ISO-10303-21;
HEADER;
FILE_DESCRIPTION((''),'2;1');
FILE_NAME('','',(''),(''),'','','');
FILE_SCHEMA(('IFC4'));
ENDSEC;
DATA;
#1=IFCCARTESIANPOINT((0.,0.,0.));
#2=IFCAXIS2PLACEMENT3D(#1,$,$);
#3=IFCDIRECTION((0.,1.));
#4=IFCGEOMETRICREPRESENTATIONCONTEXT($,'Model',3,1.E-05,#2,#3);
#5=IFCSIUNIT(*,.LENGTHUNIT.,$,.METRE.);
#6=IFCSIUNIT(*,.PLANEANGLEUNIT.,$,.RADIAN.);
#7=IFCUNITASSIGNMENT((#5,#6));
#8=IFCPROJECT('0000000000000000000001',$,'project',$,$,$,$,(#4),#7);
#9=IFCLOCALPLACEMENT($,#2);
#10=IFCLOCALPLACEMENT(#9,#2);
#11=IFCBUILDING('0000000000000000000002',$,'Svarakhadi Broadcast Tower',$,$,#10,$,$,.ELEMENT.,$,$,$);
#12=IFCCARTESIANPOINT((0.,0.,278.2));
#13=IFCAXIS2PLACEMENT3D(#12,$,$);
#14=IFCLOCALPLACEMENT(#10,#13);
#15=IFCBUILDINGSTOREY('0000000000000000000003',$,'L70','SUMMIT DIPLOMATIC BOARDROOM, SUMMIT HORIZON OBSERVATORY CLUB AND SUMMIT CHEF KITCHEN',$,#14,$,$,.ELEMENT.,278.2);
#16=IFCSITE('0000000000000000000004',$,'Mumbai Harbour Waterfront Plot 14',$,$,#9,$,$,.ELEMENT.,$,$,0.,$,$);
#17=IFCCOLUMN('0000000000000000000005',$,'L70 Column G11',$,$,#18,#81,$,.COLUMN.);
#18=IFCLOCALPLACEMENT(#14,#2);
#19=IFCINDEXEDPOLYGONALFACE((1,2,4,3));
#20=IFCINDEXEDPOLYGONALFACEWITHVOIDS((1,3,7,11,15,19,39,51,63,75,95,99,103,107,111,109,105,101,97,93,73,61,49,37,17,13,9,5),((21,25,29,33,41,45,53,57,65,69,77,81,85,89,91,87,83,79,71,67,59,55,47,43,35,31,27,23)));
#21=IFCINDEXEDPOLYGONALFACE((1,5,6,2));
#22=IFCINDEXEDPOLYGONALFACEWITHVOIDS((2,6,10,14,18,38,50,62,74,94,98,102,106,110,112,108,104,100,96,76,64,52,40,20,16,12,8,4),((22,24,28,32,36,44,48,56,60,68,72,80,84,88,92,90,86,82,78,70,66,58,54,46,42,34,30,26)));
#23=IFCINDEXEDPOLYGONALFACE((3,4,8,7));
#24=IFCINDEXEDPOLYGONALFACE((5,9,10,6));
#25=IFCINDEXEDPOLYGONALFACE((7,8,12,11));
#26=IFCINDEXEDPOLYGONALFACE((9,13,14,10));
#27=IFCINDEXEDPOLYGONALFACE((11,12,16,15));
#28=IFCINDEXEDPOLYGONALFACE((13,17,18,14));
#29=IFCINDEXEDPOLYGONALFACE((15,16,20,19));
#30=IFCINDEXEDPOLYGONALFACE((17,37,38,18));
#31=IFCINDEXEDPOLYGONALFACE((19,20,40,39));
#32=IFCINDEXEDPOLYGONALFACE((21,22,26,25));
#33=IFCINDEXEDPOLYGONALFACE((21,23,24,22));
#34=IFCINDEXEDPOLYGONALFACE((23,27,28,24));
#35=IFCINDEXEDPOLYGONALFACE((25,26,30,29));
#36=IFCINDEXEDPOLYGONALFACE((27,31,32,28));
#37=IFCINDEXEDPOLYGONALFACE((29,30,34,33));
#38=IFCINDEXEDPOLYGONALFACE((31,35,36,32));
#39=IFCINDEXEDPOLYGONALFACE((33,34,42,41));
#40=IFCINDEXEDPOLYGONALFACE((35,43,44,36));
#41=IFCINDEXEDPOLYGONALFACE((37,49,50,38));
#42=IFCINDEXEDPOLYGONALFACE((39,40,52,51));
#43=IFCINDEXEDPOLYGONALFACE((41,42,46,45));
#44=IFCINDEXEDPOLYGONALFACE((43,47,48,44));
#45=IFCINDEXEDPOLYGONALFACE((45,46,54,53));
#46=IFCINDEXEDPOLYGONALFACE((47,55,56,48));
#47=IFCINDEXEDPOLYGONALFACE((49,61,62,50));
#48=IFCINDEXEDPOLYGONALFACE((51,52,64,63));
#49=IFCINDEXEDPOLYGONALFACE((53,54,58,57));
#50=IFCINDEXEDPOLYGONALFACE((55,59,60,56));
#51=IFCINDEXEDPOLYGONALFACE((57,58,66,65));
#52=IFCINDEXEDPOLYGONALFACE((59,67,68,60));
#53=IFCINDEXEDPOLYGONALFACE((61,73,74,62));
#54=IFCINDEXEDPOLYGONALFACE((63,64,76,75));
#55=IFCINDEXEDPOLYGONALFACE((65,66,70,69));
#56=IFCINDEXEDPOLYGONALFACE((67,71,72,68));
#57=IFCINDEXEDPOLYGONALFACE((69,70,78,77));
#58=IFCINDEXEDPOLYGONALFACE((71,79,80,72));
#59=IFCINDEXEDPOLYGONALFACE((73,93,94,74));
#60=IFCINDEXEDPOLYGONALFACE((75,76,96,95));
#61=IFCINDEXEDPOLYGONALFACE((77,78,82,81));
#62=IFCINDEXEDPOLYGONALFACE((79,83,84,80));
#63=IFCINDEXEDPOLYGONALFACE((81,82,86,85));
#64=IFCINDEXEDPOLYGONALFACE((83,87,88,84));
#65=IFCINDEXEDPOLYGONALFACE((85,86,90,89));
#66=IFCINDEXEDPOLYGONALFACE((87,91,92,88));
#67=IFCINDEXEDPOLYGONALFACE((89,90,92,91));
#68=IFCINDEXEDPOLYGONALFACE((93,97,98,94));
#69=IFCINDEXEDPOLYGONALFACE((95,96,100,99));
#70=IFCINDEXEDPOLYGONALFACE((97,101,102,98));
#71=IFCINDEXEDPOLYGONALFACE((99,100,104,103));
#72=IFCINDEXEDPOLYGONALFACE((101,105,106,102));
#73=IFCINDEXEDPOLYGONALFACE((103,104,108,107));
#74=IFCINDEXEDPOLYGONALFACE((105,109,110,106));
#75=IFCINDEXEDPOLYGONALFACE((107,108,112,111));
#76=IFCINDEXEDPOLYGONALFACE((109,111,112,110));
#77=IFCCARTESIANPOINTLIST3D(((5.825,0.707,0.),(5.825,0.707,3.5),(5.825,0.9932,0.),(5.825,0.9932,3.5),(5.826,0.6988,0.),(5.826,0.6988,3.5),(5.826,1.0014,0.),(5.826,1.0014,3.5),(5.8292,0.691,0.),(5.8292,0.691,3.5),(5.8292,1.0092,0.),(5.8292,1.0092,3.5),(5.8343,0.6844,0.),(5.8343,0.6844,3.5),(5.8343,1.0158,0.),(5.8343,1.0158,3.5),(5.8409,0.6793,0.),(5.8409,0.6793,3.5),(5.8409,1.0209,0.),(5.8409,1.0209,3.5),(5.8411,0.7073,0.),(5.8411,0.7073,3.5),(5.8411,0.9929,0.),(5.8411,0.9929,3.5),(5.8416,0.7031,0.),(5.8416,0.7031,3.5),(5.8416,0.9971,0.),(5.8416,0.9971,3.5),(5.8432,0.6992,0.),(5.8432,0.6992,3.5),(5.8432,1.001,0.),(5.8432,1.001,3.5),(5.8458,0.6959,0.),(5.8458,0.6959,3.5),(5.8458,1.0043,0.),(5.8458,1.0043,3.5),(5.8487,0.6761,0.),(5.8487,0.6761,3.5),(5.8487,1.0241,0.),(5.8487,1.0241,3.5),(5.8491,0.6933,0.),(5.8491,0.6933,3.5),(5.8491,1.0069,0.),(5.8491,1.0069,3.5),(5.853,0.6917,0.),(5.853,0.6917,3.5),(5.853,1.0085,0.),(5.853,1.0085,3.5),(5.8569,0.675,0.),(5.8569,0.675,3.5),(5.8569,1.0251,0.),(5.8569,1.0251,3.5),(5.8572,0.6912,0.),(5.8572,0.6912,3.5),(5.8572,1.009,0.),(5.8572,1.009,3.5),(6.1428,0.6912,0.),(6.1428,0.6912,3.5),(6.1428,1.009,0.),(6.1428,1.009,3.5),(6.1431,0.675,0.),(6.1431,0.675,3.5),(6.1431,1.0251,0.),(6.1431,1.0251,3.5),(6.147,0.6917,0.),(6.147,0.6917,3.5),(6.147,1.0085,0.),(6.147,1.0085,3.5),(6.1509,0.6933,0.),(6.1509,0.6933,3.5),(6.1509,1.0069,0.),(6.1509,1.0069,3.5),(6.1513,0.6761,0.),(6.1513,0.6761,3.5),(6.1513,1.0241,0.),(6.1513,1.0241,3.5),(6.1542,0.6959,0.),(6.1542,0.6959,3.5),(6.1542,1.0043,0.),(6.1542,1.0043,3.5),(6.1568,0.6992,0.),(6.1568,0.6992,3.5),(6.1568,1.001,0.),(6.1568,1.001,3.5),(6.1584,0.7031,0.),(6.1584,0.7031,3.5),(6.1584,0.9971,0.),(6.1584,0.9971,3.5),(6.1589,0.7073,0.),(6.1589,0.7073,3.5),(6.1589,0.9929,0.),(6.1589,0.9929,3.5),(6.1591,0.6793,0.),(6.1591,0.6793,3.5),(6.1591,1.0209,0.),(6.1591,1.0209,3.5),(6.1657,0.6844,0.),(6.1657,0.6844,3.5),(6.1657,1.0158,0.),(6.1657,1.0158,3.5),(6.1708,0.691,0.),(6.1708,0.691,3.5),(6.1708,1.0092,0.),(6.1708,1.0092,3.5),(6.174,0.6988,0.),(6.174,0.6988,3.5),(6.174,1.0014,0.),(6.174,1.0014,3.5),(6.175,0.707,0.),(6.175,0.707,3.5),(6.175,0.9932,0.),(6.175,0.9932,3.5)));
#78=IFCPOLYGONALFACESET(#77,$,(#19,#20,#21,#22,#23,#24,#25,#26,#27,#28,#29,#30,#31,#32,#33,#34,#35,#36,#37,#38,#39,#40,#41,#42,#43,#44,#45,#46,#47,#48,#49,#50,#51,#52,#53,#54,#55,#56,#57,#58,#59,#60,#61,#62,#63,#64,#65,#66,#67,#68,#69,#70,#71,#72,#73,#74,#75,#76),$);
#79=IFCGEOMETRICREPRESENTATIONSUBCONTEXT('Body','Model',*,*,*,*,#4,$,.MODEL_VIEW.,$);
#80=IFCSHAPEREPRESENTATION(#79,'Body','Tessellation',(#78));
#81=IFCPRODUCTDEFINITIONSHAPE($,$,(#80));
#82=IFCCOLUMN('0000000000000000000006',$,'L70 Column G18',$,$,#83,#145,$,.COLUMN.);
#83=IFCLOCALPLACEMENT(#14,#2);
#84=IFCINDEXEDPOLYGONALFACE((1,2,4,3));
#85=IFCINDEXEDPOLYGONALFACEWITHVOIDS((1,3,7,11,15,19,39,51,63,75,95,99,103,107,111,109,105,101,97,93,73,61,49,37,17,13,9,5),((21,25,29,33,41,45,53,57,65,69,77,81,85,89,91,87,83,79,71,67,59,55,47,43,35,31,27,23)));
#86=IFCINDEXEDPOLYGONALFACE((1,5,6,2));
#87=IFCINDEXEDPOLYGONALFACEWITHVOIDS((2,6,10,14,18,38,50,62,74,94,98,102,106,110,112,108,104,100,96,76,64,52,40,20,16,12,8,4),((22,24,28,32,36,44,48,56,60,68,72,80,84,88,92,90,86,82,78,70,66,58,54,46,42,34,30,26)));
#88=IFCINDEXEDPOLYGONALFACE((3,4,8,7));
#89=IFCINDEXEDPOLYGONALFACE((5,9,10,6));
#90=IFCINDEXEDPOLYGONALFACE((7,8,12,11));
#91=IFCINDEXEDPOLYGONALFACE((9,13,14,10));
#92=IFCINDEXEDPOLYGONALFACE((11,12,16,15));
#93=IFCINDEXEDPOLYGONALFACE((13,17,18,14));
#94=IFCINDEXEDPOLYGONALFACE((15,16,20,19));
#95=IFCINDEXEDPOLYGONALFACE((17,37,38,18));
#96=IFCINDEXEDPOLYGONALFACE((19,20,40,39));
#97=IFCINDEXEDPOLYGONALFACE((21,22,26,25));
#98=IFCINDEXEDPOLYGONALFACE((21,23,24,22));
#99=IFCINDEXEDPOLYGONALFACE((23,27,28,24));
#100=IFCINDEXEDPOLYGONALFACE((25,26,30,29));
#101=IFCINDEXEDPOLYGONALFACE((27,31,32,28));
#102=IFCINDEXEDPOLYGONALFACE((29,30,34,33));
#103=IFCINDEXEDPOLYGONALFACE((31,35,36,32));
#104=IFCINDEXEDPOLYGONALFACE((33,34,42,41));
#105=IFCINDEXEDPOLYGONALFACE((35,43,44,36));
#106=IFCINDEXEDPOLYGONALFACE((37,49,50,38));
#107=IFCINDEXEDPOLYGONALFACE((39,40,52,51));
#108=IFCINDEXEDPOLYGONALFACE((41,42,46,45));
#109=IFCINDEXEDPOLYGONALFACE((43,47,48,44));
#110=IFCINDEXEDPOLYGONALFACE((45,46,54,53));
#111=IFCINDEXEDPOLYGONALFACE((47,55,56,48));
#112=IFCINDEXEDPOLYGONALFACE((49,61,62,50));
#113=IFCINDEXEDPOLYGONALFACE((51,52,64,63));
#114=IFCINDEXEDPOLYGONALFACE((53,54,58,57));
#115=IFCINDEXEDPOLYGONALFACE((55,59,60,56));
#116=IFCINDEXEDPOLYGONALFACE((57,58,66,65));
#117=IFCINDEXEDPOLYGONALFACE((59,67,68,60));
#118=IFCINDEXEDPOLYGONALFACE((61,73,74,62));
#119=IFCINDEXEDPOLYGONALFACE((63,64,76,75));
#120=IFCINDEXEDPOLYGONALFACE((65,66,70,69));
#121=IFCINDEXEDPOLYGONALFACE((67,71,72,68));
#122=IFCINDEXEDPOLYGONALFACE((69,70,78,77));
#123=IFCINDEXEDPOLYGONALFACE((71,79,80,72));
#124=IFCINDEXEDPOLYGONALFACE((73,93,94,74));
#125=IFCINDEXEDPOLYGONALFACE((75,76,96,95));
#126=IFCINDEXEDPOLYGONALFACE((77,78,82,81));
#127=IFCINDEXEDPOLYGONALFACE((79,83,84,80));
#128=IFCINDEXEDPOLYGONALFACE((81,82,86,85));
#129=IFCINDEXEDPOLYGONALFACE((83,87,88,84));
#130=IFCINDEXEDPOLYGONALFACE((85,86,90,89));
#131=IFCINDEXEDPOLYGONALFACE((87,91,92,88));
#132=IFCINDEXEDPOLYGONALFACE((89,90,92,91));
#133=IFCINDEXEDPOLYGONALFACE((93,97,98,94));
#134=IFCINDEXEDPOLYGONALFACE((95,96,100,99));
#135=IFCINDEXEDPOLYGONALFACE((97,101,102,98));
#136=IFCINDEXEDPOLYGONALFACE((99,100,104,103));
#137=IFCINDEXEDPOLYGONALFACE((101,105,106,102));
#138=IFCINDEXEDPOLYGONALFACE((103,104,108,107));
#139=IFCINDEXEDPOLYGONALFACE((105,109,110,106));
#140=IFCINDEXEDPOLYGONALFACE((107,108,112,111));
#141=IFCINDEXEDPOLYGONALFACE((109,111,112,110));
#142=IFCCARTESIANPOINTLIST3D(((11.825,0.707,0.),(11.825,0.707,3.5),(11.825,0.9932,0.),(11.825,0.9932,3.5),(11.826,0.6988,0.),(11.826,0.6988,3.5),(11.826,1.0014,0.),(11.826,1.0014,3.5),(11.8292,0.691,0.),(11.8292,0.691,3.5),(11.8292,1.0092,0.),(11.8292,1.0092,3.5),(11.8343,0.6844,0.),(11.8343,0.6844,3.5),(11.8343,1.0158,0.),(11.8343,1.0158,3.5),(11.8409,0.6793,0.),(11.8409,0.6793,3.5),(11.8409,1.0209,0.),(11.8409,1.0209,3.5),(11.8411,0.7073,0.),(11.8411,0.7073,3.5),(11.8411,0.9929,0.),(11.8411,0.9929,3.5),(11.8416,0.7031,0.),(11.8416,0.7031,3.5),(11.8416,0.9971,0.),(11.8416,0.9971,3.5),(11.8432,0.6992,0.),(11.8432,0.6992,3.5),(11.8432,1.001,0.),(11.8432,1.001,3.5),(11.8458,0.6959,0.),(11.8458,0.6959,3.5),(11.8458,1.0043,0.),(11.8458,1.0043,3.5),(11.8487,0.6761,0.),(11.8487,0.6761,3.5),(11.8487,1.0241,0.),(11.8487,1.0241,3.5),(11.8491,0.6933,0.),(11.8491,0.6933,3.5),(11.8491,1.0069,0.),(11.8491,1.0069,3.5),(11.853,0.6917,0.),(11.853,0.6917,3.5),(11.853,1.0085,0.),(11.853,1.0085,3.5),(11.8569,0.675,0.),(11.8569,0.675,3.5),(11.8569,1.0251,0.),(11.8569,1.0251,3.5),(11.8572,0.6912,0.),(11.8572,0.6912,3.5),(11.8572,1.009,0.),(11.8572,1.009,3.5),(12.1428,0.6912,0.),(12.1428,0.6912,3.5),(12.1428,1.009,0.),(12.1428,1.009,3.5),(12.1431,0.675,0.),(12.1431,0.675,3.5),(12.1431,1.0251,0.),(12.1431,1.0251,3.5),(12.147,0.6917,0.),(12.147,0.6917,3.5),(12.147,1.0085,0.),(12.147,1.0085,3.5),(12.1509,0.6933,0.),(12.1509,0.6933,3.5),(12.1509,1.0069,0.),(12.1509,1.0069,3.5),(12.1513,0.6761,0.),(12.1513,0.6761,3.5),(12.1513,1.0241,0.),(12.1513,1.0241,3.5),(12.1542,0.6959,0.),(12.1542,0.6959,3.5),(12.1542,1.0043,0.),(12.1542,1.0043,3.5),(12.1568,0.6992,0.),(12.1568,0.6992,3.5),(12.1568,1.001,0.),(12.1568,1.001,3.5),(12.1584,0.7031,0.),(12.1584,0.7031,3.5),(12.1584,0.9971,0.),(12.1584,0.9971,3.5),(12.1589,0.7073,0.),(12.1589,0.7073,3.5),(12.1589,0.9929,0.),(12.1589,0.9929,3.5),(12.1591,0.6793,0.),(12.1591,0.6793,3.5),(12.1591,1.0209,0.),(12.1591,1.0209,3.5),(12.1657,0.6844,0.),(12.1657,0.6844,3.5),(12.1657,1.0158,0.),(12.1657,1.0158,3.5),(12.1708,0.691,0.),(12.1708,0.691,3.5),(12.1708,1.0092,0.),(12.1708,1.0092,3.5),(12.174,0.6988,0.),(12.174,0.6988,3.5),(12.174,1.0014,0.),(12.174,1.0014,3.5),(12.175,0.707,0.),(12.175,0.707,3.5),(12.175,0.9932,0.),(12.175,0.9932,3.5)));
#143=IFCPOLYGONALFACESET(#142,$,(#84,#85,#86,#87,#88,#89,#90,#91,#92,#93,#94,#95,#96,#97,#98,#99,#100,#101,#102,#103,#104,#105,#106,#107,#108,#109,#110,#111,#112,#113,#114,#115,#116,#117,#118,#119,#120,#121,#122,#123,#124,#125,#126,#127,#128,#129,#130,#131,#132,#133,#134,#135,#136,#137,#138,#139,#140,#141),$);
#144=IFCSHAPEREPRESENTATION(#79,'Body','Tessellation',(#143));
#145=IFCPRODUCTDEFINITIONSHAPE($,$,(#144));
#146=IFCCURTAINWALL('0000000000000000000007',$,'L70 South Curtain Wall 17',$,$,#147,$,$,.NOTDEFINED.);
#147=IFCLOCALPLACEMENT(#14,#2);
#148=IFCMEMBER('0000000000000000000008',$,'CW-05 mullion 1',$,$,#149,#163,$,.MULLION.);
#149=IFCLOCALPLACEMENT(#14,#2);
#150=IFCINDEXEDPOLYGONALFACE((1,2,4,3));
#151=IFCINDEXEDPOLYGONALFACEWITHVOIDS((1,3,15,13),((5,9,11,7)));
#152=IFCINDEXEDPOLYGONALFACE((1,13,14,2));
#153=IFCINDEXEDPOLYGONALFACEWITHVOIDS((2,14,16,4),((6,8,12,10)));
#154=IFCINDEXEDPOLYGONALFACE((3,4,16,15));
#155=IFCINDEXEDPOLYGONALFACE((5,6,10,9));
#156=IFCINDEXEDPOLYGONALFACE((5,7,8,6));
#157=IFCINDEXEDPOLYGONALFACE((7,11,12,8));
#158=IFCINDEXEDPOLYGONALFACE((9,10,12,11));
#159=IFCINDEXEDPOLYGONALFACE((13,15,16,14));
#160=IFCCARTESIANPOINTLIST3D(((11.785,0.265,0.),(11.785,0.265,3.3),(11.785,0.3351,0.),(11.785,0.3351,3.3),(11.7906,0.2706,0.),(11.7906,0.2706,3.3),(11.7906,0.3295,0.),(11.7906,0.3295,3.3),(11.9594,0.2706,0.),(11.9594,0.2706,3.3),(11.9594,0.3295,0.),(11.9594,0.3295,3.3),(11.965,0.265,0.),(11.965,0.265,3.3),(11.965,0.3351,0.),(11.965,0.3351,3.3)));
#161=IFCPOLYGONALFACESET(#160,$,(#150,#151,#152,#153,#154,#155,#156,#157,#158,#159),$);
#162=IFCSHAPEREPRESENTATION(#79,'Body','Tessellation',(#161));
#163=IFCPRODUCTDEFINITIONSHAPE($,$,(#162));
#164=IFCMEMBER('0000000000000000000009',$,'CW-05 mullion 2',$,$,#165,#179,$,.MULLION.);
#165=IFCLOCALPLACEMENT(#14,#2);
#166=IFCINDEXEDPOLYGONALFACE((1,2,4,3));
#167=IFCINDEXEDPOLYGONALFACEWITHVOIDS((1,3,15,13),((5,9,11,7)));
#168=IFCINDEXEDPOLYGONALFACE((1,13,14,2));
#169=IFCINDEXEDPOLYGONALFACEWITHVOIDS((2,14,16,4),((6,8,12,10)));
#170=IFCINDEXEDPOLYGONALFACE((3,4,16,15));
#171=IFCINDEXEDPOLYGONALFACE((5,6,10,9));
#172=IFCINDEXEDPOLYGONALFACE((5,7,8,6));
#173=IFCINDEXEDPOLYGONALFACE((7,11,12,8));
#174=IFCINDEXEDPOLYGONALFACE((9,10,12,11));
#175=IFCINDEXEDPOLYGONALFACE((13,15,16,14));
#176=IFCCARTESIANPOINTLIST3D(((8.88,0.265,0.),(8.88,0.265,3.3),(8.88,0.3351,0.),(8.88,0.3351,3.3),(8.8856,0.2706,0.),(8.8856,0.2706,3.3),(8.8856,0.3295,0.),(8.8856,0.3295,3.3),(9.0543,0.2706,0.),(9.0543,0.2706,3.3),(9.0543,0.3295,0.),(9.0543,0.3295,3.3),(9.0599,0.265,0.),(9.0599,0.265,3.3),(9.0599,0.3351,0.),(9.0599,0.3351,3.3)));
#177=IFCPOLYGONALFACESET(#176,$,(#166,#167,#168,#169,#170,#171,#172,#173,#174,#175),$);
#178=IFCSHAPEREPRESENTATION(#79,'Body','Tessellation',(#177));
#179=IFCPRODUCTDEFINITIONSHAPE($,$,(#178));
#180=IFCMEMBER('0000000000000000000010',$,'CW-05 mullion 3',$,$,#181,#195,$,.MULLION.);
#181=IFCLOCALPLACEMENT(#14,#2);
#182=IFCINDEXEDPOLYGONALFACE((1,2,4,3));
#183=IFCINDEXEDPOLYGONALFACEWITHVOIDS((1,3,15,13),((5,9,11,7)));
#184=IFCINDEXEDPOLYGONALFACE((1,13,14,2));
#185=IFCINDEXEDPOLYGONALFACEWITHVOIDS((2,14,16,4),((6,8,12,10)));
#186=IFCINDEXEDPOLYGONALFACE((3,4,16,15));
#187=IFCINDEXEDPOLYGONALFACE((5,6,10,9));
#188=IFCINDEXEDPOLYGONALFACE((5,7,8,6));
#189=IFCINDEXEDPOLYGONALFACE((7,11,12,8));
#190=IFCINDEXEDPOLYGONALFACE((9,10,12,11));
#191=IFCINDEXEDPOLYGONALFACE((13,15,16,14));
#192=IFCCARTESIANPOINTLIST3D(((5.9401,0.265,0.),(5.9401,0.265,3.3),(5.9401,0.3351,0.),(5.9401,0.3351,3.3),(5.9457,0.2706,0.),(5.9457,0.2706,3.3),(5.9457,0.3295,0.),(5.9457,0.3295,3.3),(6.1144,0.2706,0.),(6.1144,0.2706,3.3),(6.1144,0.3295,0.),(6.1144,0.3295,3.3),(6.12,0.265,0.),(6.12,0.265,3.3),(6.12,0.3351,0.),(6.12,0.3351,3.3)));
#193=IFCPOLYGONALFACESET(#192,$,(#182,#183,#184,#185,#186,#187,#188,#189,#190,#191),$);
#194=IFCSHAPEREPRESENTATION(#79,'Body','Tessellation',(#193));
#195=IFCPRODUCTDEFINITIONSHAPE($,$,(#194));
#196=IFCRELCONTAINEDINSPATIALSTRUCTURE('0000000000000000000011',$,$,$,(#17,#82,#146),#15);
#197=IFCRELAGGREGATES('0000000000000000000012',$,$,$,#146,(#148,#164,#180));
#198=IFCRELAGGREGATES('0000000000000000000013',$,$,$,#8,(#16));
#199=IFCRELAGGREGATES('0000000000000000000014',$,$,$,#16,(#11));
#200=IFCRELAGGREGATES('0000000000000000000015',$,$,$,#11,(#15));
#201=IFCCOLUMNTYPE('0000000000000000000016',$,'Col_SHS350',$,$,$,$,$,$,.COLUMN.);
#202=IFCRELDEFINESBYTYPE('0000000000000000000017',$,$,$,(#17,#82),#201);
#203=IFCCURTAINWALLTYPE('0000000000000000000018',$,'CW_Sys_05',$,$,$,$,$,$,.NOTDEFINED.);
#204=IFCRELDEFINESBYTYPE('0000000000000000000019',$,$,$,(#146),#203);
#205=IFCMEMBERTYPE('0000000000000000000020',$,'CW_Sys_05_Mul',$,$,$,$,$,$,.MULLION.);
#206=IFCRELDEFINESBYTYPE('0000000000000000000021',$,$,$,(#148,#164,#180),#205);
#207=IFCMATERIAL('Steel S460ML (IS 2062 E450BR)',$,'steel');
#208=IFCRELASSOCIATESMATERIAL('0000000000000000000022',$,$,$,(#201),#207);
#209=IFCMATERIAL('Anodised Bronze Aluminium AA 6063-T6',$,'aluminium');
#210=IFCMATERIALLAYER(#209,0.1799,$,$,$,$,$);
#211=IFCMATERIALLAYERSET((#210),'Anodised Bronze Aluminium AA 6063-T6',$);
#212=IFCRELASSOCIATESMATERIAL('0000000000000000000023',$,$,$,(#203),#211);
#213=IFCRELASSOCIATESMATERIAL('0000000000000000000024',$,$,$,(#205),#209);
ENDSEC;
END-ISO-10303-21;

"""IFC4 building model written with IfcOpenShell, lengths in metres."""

from ifc_helpers import new_model, si_unit, direction, frame, origin, origin_2d, place, context, subcontext, project, spatial, hollow_rectangle, extrude, material, layer, layer_set, material_profile, profile_set, type_object, element, aggregate, save


model = new_model("IFC4")

# Units and contexts
model_context = context("Model", 3, precision=1e-05, world=origin(), true_north=direction((0.0, 1.0)))
body_context = subcontext(model_context, "Body", "Model", "MODEL_VIEW")
ifc_project = project(units=[si_unit("LENGTHUNIT", "METRE"), si_unit("PLANEANGLEUNIT", "RADIAN")], contexts=[model_context])

# Site, building, storey
site_placement = place(None, origin())
site = spatial("IfcSite", under=ifc_project, at=site_placement, Name="Mumbai Harbour Waterfront Plot 14", CompositionType="ELEMENT", RefElevation=0.0)
building_placement = place(site_placement, origin())
building = spatial("IfcBuilding", under=site, at=building_placement, Name="Svarakhadi Broadcast Tower", CompositionType="ELEMENT")
storey_placement = place(building_placement, frame((0.0, 0.0, 278.2)))
storey = spatial("IfcBuildingStorey", under=building, at=storey_placement, Name="L70", Description="SUMMIT DIPLOMATIC BOARDROOM, SUMMIT HORIZON OBSERVATORY CLUB AND SUMMIT CHEF KITCHEN", CompositionType="ELEMENT", Elevation=278.2)

# Columns
ifc_material_1 = material(Name="Steel S460ML (IS 2062 E450BR)", Category="steel")
ifc_material_profile_1 = material_profile(ifc_material_1, hollow_rectangle(XDim=0.3501, YDim=0.3501, WallThickness=0.0161, InnerFilletRadius=0.0161, OuterFilletRadius=0.032, at=origin_2d()), Name="SHS 350x350x16")
ifc_profile_set_1 = profile_set([ifc_material_profile_1], Name="Steel S460ML (IS 2062 E450BR)")
column_type = type_object("IfcColumnType", Name="Col_SHS350", PredefinedType="COLUMN", material=ifc_profile_set_1)
for number, where, z_axis, x_axis, name in (
    (1, (6.0, 0.8501, 0.0), (0.0, 0.0, 1.0), (1.0, 0.0, 0.0), "L70 Column G11"),
    (2, (12.0, 0.8501, 0.0), (0.0, 0.0, 1.0), (1.0, 0.0, 0.0), "L70 Column G18"),
):
    element("IfcColumn", number, at=place(storey_placement, frame(where, z_axis=z_axis, x_axis=x_axis)), inside=storey, type_object=column_type, Name=name, PredefinedType="COLUMN", context=body_context, shape_type="SweptSolid", body=[
        extrude(hollow_rectangle(XDim=0.3501, YDim=0.3501, WallThickness=0.0161, InnerFilletRadius=0.0161, OuterFilletRadius=0.032, at=origin_2d()), origin(), (0.0, 0.0, 1.0), 3.5),
    ])

# Curtain wall, members
ifc_material_2 = material(Name="Anodised Bronze Aluminium AA 6063-T6", Category="aluminium")
ifc_layer_1 = layer(ifc_material_2, 0.1799)
ifc_layer_set_1 = layer_set([ifc_layer_1], Name="Anodised Bronze Aluminium AA 6063-T6")
curtain_wall_type = type_object("IfcCurtainWallType", Name="CW_Sys_05", PredefinedType="NOTDEFINED", material=ifc_layer_set_1)
curtain_wall_placement = place(storey_placement, origin())
curtain_wall = element("IfcCurtainWall", 3, at=curtain_wall_placement, inside=storey, type_object=curtain_wall_type, Name="L70 South Curtain Wall 17", PredefinedType="NOTDEFINED")
ifc_material_profile_2 = material_profile(ifc_material_2, hollow_rectangle(XDim=0.0701, YDim=0.1799, WallThickness=0.0056, at=origin_2d()), Name="ALU MULLION 180x70x6")
ifc_profile_set_2 = profile_set([ifc_material_profile_2], Name="Anodised Bronze Aluminium AA 6063-T6")
member_type_1 = type_object("IfcMemberType", Name="CW_Sys_05_Mul", PredefinedType="MULLION", material=ifc_profile_set_2)
member_1_placement = place(storey_placement, frame((11.875, 0.3, 0.0), z_axis=(0.0, 0.0, 1.0), x_axis=(0.0, -1.0, 0.0)))
member_1 = element("IfcMember", 4, at=member_1_placement, type_object=member_type_1, Name="CW-05 mullion 1", PredefinedType="MULLION", context=body_context, shape_type="SweptSolid", body=[
    extrude(hollow_rectangle(XDim=0.0701, YDim=0.1799, WallThickness=0.0056, at=origin_2d()), origin(), (0.0, 0.0, 1.0), 3.3),
])
member_2_placement = place(storey_placement, frame((8.97, 0.3, 0.0), z_axis=(0.0, 0.0, 1.0), x_axis=(0.0, -1.0, 0.0)))
member_2 = element("IfcMember", 5, at=member_2_placement, type_object=member_type_1, Name="CW-05 mullion 2", PredefinedType="MULLION", context=body_context, shape_type="SweptSolid", body=[
    extrude(hollow_rectangle(XDim=0.0701, YDim=0.1799, WallThickness=0.0056, at=origin_2d()), origin(), (0.0, 0.0, 1.0), 3.3),
])
member_3_placement = place(storey_placement, frame((6.03, 0.3, 0.0), z_axis=(0.0, 0.0, 1.0), x_axis=(0.0, -1.0, 0.0)))
member_3 = element("IfcMember", 6, at=member_3_placement, type_object=member_type_1, Name="CW-05 mullion 3", PredefinedType="MULLION", context=body_context, shape_type="SweptSolid", body=[
    extrude(hollow_rectangle(XDim=0.0701, YDim=0.1799, WallThickness=0.0056, at=origin_2d()), origin(), (0.0, 0.0, 1.0), 3.3),
])

aggregate(curtain_wall, [member_1, member_2, member_3])

save(model, "model.ifc")
